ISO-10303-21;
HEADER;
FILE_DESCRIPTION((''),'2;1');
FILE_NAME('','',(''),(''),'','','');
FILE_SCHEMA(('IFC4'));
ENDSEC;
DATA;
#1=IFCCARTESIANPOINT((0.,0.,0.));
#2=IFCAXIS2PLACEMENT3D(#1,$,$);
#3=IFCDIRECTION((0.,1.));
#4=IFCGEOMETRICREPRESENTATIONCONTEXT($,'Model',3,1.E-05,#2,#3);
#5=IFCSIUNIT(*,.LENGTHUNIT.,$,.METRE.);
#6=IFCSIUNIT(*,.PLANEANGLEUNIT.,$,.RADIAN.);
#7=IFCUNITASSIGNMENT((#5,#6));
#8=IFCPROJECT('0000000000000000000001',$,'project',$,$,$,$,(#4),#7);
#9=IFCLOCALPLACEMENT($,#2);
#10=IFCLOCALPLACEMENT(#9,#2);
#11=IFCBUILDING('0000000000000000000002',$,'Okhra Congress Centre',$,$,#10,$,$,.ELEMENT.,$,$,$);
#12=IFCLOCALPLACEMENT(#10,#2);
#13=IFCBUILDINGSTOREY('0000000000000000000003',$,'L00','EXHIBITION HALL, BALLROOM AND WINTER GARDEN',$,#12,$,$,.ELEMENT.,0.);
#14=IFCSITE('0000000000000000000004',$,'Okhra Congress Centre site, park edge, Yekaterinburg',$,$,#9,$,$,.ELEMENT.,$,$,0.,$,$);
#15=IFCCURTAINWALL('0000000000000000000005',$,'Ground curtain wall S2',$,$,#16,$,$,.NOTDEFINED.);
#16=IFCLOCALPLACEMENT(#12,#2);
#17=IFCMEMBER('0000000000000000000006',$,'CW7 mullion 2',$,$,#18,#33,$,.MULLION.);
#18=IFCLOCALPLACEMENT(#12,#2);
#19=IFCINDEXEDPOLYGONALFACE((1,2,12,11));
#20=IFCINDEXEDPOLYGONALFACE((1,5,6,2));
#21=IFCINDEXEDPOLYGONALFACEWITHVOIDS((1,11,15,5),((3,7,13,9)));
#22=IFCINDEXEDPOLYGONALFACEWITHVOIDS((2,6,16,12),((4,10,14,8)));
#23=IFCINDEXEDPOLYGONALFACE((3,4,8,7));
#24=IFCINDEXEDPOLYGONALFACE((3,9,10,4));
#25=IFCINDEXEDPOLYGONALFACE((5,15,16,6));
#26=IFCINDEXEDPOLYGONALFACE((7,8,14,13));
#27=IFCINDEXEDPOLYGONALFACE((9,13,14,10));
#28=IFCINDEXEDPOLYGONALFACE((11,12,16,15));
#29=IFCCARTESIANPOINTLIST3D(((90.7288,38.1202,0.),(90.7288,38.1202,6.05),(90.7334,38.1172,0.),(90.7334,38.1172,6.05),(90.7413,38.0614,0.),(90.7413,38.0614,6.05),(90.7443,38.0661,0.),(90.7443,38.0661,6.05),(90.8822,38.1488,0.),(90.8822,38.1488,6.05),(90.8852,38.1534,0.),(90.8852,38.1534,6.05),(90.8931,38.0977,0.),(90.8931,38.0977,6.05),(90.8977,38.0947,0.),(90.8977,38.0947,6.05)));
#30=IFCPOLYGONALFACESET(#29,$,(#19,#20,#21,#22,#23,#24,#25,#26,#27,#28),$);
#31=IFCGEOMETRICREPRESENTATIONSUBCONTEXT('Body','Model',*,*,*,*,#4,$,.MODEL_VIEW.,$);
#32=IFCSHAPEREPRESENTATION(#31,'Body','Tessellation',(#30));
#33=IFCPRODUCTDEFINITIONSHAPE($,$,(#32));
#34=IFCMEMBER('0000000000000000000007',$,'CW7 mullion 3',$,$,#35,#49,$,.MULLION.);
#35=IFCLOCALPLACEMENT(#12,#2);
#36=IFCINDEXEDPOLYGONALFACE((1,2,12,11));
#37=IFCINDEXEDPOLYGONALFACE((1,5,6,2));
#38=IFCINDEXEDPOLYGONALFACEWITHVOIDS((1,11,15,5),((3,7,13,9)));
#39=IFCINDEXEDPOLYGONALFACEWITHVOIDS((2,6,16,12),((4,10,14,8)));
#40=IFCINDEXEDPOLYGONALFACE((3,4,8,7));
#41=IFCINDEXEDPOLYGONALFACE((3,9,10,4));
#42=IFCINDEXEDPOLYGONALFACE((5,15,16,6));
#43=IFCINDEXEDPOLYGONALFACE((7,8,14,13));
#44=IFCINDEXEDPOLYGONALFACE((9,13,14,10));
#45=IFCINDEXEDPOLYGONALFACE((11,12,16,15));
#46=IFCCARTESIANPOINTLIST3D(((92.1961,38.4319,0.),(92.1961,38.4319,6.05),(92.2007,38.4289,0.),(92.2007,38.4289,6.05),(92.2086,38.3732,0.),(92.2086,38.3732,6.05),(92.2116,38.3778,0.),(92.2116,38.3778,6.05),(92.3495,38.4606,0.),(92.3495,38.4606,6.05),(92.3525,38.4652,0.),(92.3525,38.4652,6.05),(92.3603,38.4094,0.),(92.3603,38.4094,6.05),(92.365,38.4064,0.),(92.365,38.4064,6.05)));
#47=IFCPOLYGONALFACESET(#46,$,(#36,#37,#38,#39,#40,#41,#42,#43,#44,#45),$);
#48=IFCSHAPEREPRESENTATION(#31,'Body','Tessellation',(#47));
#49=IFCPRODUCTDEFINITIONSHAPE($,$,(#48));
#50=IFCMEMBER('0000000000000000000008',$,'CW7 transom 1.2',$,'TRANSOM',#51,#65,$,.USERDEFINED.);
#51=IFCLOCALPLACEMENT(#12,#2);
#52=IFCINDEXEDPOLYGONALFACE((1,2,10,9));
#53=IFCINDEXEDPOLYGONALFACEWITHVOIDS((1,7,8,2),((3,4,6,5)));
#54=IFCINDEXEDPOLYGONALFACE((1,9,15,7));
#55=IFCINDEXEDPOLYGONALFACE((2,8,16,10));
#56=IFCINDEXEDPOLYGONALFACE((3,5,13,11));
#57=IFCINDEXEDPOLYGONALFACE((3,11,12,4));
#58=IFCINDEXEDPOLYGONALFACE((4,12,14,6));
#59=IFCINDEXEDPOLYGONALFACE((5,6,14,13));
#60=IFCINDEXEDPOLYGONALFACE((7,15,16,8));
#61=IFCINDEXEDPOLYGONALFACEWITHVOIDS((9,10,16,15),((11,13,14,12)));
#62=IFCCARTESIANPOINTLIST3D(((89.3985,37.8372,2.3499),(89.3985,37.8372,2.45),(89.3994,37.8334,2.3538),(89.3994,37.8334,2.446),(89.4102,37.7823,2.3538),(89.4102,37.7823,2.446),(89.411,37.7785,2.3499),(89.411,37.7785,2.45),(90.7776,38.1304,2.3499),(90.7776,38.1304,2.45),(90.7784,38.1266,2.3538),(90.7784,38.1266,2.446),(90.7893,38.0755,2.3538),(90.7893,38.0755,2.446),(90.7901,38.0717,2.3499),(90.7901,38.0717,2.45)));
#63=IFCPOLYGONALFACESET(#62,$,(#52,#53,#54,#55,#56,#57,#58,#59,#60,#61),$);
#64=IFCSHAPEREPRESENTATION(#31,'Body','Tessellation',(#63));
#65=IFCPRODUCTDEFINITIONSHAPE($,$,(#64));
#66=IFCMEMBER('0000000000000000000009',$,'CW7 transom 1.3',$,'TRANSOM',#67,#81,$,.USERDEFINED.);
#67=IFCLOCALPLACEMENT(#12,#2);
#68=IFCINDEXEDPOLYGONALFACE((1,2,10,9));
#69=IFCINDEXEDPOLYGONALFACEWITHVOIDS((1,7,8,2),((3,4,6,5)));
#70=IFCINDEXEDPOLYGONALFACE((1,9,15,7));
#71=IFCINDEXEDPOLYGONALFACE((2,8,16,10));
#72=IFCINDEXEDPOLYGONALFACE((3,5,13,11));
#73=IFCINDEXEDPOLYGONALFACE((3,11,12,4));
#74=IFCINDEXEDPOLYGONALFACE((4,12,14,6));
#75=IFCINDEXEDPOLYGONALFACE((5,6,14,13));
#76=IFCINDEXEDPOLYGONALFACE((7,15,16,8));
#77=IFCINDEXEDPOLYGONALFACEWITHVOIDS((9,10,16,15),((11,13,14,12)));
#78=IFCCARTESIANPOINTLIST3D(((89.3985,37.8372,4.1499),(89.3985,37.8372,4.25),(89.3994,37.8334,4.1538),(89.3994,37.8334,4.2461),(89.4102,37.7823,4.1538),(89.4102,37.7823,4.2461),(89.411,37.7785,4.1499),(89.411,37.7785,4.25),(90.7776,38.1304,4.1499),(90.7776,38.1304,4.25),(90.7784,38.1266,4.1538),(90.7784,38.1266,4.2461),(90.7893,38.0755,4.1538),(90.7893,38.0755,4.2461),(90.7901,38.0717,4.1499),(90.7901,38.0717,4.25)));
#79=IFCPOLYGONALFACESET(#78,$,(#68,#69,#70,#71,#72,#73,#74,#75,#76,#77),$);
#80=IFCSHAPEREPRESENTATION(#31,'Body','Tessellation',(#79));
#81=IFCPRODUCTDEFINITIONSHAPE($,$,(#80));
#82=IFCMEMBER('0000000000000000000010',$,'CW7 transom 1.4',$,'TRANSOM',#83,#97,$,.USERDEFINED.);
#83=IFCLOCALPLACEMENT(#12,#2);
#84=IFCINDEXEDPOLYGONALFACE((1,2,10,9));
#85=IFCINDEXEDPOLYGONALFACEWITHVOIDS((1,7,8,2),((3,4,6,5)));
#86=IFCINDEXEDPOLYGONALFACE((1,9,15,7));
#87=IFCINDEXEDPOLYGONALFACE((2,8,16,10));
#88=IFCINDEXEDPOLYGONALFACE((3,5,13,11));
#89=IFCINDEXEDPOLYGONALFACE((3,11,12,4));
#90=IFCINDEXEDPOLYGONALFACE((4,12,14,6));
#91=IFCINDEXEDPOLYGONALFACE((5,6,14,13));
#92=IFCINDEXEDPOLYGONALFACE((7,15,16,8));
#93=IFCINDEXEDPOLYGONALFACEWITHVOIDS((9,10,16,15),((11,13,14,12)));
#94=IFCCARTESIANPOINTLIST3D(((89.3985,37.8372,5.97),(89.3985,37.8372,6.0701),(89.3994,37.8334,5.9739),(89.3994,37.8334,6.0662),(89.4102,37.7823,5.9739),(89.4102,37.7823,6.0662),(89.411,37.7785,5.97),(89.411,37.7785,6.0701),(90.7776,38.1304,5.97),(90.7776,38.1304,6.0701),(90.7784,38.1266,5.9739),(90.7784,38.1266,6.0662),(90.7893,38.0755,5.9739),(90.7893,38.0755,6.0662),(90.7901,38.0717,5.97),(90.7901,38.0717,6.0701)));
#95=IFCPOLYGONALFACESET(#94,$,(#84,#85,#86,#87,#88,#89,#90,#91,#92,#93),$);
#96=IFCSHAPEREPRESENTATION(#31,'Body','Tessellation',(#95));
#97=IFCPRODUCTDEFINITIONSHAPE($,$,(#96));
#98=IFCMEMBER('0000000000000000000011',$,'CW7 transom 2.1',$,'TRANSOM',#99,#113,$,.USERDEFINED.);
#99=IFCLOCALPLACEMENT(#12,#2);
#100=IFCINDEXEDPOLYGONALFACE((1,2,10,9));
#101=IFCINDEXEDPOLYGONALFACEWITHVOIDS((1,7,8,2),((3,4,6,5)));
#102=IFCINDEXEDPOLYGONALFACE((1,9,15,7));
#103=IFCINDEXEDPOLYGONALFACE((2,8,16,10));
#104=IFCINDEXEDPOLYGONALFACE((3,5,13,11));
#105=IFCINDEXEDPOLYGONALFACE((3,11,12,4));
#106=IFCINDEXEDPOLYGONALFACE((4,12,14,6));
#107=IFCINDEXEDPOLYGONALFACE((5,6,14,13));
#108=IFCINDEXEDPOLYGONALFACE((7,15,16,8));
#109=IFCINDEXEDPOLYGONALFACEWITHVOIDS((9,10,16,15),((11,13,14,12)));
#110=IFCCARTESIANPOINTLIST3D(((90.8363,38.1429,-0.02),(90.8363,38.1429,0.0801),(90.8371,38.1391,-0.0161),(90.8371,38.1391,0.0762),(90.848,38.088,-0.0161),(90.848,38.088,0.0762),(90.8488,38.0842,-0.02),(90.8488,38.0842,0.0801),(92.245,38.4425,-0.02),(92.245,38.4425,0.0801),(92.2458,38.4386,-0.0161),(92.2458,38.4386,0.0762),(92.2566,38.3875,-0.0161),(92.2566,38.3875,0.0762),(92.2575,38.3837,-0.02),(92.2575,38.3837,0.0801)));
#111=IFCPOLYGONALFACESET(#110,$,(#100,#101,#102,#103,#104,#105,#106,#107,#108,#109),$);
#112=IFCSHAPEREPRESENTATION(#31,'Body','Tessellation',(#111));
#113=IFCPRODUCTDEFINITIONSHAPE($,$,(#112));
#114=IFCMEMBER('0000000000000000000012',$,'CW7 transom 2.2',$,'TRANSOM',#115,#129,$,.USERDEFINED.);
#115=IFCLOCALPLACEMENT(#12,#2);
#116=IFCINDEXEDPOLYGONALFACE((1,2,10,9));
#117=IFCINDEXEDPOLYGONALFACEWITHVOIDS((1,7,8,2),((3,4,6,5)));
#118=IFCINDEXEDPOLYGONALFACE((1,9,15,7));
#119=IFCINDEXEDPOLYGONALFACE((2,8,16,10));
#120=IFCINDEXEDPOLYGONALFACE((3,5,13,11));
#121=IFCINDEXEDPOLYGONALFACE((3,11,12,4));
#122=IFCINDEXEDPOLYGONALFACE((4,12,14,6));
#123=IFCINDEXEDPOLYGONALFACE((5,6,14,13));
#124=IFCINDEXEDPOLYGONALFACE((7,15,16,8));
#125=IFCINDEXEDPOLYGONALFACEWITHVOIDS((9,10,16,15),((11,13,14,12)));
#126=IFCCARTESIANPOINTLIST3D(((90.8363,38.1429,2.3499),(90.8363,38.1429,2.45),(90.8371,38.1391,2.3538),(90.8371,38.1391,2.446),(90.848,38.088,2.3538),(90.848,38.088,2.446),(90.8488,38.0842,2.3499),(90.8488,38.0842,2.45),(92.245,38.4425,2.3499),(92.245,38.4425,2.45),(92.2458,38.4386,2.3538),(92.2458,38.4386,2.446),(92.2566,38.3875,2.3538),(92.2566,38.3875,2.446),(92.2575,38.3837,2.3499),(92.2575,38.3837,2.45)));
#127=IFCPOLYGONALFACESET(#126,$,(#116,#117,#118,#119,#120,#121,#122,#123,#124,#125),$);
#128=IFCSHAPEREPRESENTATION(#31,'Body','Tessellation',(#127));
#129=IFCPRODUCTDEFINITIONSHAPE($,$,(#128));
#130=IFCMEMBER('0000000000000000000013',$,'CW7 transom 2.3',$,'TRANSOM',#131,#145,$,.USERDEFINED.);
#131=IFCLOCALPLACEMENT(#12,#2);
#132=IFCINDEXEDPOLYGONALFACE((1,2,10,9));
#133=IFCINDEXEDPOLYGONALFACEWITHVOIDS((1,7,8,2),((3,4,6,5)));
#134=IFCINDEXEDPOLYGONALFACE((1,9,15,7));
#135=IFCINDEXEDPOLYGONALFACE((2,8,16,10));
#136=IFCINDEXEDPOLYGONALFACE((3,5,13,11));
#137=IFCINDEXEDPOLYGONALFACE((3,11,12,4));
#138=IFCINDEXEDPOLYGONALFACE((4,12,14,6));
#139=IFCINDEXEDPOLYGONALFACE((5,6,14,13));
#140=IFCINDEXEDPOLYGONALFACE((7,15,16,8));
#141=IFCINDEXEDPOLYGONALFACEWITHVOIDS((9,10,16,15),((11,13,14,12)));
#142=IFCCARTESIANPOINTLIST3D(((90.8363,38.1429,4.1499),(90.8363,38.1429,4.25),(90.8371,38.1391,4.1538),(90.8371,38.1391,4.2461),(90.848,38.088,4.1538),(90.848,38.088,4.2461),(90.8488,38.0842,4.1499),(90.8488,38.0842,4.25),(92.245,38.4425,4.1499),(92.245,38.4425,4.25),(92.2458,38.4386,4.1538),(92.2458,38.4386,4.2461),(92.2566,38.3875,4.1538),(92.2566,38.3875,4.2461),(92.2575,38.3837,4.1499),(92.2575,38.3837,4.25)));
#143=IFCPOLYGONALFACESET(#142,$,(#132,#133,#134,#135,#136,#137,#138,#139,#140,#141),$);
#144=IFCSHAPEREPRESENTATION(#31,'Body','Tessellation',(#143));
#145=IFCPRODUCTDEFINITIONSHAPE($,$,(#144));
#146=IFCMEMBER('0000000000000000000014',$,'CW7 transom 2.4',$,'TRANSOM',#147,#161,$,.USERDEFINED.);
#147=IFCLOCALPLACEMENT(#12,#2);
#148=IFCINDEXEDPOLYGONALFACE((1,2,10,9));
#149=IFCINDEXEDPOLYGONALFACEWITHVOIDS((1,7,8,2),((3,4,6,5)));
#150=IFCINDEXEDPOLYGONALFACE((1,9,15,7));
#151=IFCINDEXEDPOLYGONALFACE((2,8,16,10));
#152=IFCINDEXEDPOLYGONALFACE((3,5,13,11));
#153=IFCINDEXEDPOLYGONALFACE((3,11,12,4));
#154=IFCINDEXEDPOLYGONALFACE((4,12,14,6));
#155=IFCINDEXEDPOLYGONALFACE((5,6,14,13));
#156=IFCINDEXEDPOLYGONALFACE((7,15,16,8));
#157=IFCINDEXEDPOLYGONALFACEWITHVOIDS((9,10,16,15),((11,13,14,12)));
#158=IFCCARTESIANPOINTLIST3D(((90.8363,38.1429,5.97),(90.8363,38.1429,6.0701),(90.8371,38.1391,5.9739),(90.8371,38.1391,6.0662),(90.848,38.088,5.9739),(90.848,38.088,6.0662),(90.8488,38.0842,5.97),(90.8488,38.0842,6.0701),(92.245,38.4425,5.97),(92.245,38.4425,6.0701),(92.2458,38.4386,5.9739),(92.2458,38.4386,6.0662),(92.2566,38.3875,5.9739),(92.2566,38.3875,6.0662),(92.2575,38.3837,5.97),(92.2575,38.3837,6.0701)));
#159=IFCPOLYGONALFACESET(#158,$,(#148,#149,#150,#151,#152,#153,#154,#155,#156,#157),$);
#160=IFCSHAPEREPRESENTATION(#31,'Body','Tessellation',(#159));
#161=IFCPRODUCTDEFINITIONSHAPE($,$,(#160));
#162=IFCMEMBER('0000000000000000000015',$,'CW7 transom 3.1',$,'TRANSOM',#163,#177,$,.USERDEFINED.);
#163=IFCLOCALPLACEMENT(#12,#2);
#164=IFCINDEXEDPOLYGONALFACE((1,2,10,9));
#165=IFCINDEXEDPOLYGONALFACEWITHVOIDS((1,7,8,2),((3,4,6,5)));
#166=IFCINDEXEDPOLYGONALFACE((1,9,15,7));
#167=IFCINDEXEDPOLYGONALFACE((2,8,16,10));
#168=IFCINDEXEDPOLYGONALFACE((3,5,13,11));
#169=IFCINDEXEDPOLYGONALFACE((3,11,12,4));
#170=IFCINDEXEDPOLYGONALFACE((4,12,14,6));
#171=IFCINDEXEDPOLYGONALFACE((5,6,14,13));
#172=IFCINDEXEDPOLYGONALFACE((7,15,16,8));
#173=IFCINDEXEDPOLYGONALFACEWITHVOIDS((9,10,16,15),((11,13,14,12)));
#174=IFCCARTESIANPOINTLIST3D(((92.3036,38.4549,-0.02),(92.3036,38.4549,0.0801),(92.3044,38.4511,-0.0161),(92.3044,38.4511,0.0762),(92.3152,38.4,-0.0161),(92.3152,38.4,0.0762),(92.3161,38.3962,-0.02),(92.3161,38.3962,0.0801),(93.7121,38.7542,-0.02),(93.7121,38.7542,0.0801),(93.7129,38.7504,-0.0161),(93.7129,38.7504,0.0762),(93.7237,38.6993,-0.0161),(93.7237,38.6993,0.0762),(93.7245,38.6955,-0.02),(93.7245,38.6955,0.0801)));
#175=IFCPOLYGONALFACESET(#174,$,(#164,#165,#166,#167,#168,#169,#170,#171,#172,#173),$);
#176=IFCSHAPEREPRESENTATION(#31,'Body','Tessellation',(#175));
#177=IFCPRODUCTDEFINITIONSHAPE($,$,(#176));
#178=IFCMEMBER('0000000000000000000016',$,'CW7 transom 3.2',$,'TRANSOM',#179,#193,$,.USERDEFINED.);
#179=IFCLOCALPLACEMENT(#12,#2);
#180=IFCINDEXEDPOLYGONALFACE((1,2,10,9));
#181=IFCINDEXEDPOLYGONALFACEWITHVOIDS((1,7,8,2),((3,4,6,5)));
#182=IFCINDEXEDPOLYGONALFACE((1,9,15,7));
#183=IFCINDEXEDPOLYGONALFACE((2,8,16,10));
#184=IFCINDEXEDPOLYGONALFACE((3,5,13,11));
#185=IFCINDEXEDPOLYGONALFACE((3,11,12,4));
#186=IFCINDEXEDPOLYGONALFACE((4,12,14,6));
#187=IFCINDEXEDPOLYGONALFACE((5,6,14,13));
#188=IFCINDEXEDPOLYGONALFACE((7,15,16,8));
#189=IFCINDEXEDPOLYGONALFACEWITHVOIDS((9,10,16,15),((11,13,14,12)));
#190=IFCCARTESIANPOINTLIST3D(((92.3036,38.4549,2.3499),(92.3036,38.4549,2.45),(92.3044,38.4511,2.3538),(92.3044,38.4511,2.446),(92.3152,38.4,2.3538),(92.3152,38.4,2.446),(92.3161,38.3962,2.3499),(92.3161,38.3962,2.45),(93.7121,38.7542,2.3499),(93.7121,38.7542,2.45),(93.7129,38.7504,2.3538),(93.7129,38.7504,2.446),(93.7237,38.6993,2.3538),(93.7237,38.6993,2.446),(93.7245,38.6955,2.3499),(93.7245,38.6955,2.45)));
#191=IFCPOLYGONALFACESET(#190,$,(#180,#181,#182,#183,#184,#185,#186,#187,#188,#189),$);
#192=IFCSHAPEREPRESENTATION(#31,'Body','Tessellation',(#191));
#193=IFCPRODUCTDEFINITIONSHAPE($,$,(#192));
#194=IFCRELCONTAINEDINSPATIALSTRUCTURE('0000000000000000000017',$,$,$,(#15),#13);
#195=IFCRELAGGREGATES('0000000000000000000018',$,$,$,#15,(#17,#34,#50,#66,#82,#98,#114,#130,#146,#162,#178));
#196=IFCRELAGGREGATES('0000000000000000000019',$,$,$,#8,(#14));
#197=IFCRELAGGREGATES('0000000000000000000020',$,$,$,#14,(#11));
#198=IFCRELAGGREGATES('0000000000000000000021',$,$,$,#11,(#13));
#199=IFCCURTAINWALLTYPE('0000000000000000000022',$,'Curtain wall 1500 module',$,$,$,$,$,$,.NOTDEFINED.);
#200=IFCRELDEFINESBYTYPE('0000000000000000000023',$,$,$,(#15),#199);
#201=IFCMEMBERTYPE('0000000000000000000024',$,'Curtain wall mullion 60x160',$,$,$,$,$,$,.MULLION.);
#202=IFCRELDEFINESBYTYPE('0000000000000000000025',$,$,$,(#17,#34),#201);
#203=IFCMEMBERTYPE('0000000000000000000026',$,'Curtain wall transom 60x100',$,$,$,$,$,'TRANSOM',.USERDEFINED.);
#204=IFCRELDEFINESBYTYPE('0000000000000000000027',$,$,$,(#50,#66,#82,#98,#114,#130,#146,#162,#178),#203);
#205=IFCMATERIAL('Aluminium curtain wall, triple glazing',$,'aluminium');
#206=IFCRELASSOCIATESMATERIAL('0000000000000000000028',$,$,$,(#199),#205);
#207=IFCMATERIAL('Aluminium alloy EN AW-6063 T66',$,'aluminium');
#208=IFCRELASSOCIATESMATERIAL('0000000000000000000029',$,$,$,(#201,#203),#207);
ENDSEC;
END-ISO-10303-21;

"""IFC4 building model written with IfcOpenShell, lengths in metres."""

from ifc_helpers import new_model, si_unit, direction, frame, origin, origin_2d, place, context, subcontext, project, spatial, hollow_rectangle, extrude, material, material_profile, profile_set, type_object, element, aggregate, save


model = new_model("IFC4")

# Units and contexts
model_context = context("Model", 3, precision=1e-05, world=origin(), true_north=direction((0.0, 1.0)))
body_context = subcontext(model_context, "Body", "Model", "MODEL_VIEW")
ifc_project = project(units=[si_unit("LENGTHUNIT", "METRE"), si_unit("PLANEANGLEUNIT", "RADIAN")], contexts=[model_context])

# Site, building, storey
site_placement = place(None, origin())
site = spatial("IfcSite", under=ifc_project, at=site_placement, Name="Okhra Congress Centre site, park edge, Yekaterinburg", CompositionType="ELEMENT", RefElevation=0.0)
building_placement = place(site_placement, origin())
building = spatial("IfcBuilding", under=site, at=building_placement, Name="Okhra Congress Centre", CompositionType="ELEMENT")
storey_placement = place(building_placement, origin())
storey = spatial("IfcBuildingStorey", under=building, at=storey_placement, Name="L00", Description="EXHIBITION HALL, BALLROOM AND WINTER GARDEN", CompositionType="ELEMENT", Elevation=0.0)

# Curtain wall, members
ifc_material_1 = material(Name="Aluminium curtain wall, triple glazing", Category="aluminium")
curtain_wall_type = type_object("IfcCurtainWallType", Name="Curtain wall 1500 module", PredefinedType="NOTDEFINED", material=ifc_material_1)
curtain_wall_placement = place(storey_placement, origin())
curtain_wall = element("IfcCurtainWall", 1, at=curtain_wall_placement, inside=storey, type_object=curtain_wall_type, Name="Ground curtain wall S2", PredefinedType="NOTDEFINED")
ifc_material_2 = material(Name="Aluminium alloy EN AW-6063 T66", Category="aluminium")
ifc_material_profile_1 = material_profile(ifc_material_2, hollow_rectangle(XDim=0.0601, YDim=0.1599, WallThickness=0.0039, at=origin_2d()), Name="RHS 60x160x4")
ifc_profile_set_1 = profile_set([ifc_material_profile_1], Name="Aluminium alloy EN AW-6063 T66")
member_type_1 = type_object("IfcMemberType", Name="Curtain wall mullion 60x160", PredefinedType="MULLION", material=ifc_profile_set_1)
member_1_placement = place(storey_placement, frame((90.8132, 38.1074, 0.0), z_axis=(0.0, 0.0, 1.0), x_axis=(-0.207912, 0.978148, 0.0)))
member_1 = element("IfcMember", 2, at=member_1_placement, type_object=member_type_1, Name="CW7 mullion 2", PredefinedType="MULLION", context=body_context, shape_type="SweptSolid", body=[
    extrude(hollow_rectangle(XDim=0.0601, YDim=0.1599, WallThickness=0.0039, at=origin_2d()), origin(), (0.0, 0.0, 1.0), 6.05),
])
member_2_placement = place(storey_placement, frame((92.2805, 38.4192, 0.0), z_axis=(0.0, 0.0, 1.0), x_axis=(-0.207912, 0.978148, 0.0)))
member_2 = element("IfcMember", 3, at=member_2_placement, type_object=member_type_1, Name="CW7 mullion 3", PredefinedType="MULLION", context=body_context, shape_type="SweptSolid", body=[
    extrude(hollow_rectangle(XDim=0.0601, YDim=0.1599, WallThickness=0.0039, at=origin_2d()), origin(), (0.0, 0.0, 1.0), 6.05),
])
ifc_material_profile_2 = material_profile(ifc_material_2, hollow_rectangle(XDim=0.0601, YDim=0.1001, WallThickness=0.0039, at=origin_2d()), Name="RHS 60x100x4")
ifc_profile_set_2 = profile_set([ifc_material_profile_2], Name="Aluminium alloy EN AW-6063 T66")
member_type_2 = type_object("IfcMemberType", Name="Curtain wall transom 60x100", ElementType="TRANSOM", PredefinedType="USERDEFINED", material=ifc_profile_set_2)
member_3_placement = place(storey_placement, frame((89.4048, 37.8079, 2.3999), z_axis=(0.978138, 0.207956, 0.0), x_axis=(-0.207956, 0.978138, 0.0)))
member_3 = element("IfcMember", 4, at=member_3_placement, type_object=member_type_2, Name="CW7 transom 1.2", ObjectType="TRANSOM", PredefinedType="USERDEFINED", context=body_context, shape_type="SweptSolid", body=[
    extrude(hollow_rectangle(XDim=0.0601, YDim=0.1001, WallThickness=0.0039, at=origin_2d()), origin(), (0.0, 0.0, 1.0), 1.4099),
])
member_4_placement = place(storey_placement, frame((89.4048, 37.8079, 4.2), z_axis=(0.978138, 0.207956, 0.0), x_axis=(-0.207956, 0.978138, 0.0)))
member_4 = element("IfcMember", 5, at=member_4_placement, type_object=member_type_2, Name="CW7 transom 1.3", ObjectType="TRANSOM", PredefinedType="USERDEFINED", context=body_context, shape_type="SweptSolid", body=[
    extrude(hollow_rectangle(XDim=0.0601, YDim=0.1001, WallThickness=0.0039, at=origin_2d()), origin(), (0.0, 0.0, 1.0), 1.4099),
])
member_5_placement = place(storey_placement, frame((89.4048, 37.8079, 6.02), z_axis=(0.978138, 0.207956, 0.0), x_axis=(-0.207956, 0.978138, 0.0)))
member_5 = element("IfcMember", 6, at=member_5_placement, type_object=member_type_2, Name="CW7 transom 1.4", ObjectType="TRANSOM", PredefinedType="USERDEFINED", context=body_context, shape_type="SweptSolid", body=[
    extrude(hollow_rectangle(XDim=0.0601, YDim=0.1001, WallThickness=0.0039, at=origin_2d()), origin(), (0.0, 0.0, 1.0), 1.4099),
])
member_6_placement = place(storey_placement, frame((90.8425, 38.1135, 0.03), z_axis=(0.978129, 0.208001, 0.0), x_axis=(-0.208001, 0.978129, 0.0)))
member_6 = element("IfcMember", 7, at=member_6_placement, type_object=member_type_2, Name="CW7 transom 2.1", ObjectType="TRANSOM", PredefinedType="USERDEFINED", context=body_context, shape_type="SweptSolid", body=[
    extrude(hollow_rectangle(XDim=0.0601, YDim=0.1001, WallThickness=0.0039, at=origin_2d()), origin(), (0.0, 0.0, 1.0), 1.4402),
])
member_7_placement = place(storey_placement, frame((90.8425, 38.1135, 2.3999), z_axis=(0.978129, 0.208001, 0.0), x_axis=(-0.208001, 0.978129, 0.0)))
member_7 = element("IfcMember", 8, at=member_7_placement, type_object=member_type_2, Name="CW7 transom 2.2", ObjectType="TRANSOM", PredefinedType="USERDEFINED", context=body_context, shape_type="SweptSolid", body=[
    extrude(hollow_rectangle(XDim=0.0601, YDim=0.1001, WallThickness=0.0039, at=origin_2d()), origin(), (0.0, 0.0, 1.0), 1.4402),
])
member_8_placement = place(storey_placement, frame((90.8425, 38.1135, 4.2), z_axis=(0.978129, 0.208001, 0.0), x_axis=(-0.208001, 0.978129, 0.0)))
member_8 = element("IfcMember", 9, at=member_8_placement, type_object=member_type_2, Name="CW7 transom 2.3", ObjectType="TRANSOM", PredefinedType="USERDEFINED", context=body_context, shape_type="SweptSolid", body=[
    extrude(hollow_rectangle(XDim=0.0601, YDim=0.1001, WallThickness=0.0039, at=origin_2d()), origin(), (0.0, 0.0, 1.0), 1.4402),
])
member_9_placement = place(storey_placement, frame((90.8425, 38.1135, 6.02), z_axis=(0.978129, 0.208001, 0.0), x_axis=(-0.208001, 0.978129, 0.0)))
member_9 = element("IfcMember", 10, at=member_9_placement, type_object=member_type_2, Name="CW7 transom 2.4", ObjectType="TRANSOM", PredefinedType="USERDEFINED", context=body_context, shape_type="SweptSolid", body=[
    extrude(hollow_rectangle(XDim=0.0601, YDim=0.1001, WallThickness=0.0039, at=origin_2d()), origin(), (0.0, 0.0, 1.0), 1.4402),
])
member_10_placement = place(storey_placement, frame((92.3098, 38.4255, 0.03), z_axis=(0.978156, 0.207873, 0.0), x_axis=(-0.207873, 0.978156, 0.0)))
member_10 = element("IfcMember", 11, at=member_10_placement, type_object=member_type_2, Name="CW7 transom 3.1", ObjectType="TRANSOM", PredefinedType="USERDEFINED", context=body_context, shape_type="SweptSolid", body=[
    extrude(hollow_rectangle(XDim=0.0601, YDim=0.1001, WallThickness=0.0039, at=origin_2d()), origin(), (0.0, 0.0, 1.0), 1.4399),
])
member_11_placement = place(storey_placement, frame((92.3098, 38.4255, 2.3999), z_axis=(0.978156, 0.207873, 0.0), x_axis=(-0.207873, 0.978156, 0.0)))
member_11 = element("IfcMember", 12, at=member_11_placement, type_object=member_type_2, Name="CW7 transom 3.2", ObjectType="TRANSOM", PredefinedType="USERDEFINED", context=body_context, shape_type="SweptSolid", body=[
    extrude(hollow_rectangle(XDim=0.0601, YDim=0.1001, WallThickness=0.0039, at=origin_2d()), origin(), (0.0, 0.0, 1.0), 1.4399),
])
aggregate(curtain_wall, [member_1, member_2, member_3, member_4, member_5, member_6, member_7, member_8, member_9, member_10, member_11])

save(model, "model.ifc")
